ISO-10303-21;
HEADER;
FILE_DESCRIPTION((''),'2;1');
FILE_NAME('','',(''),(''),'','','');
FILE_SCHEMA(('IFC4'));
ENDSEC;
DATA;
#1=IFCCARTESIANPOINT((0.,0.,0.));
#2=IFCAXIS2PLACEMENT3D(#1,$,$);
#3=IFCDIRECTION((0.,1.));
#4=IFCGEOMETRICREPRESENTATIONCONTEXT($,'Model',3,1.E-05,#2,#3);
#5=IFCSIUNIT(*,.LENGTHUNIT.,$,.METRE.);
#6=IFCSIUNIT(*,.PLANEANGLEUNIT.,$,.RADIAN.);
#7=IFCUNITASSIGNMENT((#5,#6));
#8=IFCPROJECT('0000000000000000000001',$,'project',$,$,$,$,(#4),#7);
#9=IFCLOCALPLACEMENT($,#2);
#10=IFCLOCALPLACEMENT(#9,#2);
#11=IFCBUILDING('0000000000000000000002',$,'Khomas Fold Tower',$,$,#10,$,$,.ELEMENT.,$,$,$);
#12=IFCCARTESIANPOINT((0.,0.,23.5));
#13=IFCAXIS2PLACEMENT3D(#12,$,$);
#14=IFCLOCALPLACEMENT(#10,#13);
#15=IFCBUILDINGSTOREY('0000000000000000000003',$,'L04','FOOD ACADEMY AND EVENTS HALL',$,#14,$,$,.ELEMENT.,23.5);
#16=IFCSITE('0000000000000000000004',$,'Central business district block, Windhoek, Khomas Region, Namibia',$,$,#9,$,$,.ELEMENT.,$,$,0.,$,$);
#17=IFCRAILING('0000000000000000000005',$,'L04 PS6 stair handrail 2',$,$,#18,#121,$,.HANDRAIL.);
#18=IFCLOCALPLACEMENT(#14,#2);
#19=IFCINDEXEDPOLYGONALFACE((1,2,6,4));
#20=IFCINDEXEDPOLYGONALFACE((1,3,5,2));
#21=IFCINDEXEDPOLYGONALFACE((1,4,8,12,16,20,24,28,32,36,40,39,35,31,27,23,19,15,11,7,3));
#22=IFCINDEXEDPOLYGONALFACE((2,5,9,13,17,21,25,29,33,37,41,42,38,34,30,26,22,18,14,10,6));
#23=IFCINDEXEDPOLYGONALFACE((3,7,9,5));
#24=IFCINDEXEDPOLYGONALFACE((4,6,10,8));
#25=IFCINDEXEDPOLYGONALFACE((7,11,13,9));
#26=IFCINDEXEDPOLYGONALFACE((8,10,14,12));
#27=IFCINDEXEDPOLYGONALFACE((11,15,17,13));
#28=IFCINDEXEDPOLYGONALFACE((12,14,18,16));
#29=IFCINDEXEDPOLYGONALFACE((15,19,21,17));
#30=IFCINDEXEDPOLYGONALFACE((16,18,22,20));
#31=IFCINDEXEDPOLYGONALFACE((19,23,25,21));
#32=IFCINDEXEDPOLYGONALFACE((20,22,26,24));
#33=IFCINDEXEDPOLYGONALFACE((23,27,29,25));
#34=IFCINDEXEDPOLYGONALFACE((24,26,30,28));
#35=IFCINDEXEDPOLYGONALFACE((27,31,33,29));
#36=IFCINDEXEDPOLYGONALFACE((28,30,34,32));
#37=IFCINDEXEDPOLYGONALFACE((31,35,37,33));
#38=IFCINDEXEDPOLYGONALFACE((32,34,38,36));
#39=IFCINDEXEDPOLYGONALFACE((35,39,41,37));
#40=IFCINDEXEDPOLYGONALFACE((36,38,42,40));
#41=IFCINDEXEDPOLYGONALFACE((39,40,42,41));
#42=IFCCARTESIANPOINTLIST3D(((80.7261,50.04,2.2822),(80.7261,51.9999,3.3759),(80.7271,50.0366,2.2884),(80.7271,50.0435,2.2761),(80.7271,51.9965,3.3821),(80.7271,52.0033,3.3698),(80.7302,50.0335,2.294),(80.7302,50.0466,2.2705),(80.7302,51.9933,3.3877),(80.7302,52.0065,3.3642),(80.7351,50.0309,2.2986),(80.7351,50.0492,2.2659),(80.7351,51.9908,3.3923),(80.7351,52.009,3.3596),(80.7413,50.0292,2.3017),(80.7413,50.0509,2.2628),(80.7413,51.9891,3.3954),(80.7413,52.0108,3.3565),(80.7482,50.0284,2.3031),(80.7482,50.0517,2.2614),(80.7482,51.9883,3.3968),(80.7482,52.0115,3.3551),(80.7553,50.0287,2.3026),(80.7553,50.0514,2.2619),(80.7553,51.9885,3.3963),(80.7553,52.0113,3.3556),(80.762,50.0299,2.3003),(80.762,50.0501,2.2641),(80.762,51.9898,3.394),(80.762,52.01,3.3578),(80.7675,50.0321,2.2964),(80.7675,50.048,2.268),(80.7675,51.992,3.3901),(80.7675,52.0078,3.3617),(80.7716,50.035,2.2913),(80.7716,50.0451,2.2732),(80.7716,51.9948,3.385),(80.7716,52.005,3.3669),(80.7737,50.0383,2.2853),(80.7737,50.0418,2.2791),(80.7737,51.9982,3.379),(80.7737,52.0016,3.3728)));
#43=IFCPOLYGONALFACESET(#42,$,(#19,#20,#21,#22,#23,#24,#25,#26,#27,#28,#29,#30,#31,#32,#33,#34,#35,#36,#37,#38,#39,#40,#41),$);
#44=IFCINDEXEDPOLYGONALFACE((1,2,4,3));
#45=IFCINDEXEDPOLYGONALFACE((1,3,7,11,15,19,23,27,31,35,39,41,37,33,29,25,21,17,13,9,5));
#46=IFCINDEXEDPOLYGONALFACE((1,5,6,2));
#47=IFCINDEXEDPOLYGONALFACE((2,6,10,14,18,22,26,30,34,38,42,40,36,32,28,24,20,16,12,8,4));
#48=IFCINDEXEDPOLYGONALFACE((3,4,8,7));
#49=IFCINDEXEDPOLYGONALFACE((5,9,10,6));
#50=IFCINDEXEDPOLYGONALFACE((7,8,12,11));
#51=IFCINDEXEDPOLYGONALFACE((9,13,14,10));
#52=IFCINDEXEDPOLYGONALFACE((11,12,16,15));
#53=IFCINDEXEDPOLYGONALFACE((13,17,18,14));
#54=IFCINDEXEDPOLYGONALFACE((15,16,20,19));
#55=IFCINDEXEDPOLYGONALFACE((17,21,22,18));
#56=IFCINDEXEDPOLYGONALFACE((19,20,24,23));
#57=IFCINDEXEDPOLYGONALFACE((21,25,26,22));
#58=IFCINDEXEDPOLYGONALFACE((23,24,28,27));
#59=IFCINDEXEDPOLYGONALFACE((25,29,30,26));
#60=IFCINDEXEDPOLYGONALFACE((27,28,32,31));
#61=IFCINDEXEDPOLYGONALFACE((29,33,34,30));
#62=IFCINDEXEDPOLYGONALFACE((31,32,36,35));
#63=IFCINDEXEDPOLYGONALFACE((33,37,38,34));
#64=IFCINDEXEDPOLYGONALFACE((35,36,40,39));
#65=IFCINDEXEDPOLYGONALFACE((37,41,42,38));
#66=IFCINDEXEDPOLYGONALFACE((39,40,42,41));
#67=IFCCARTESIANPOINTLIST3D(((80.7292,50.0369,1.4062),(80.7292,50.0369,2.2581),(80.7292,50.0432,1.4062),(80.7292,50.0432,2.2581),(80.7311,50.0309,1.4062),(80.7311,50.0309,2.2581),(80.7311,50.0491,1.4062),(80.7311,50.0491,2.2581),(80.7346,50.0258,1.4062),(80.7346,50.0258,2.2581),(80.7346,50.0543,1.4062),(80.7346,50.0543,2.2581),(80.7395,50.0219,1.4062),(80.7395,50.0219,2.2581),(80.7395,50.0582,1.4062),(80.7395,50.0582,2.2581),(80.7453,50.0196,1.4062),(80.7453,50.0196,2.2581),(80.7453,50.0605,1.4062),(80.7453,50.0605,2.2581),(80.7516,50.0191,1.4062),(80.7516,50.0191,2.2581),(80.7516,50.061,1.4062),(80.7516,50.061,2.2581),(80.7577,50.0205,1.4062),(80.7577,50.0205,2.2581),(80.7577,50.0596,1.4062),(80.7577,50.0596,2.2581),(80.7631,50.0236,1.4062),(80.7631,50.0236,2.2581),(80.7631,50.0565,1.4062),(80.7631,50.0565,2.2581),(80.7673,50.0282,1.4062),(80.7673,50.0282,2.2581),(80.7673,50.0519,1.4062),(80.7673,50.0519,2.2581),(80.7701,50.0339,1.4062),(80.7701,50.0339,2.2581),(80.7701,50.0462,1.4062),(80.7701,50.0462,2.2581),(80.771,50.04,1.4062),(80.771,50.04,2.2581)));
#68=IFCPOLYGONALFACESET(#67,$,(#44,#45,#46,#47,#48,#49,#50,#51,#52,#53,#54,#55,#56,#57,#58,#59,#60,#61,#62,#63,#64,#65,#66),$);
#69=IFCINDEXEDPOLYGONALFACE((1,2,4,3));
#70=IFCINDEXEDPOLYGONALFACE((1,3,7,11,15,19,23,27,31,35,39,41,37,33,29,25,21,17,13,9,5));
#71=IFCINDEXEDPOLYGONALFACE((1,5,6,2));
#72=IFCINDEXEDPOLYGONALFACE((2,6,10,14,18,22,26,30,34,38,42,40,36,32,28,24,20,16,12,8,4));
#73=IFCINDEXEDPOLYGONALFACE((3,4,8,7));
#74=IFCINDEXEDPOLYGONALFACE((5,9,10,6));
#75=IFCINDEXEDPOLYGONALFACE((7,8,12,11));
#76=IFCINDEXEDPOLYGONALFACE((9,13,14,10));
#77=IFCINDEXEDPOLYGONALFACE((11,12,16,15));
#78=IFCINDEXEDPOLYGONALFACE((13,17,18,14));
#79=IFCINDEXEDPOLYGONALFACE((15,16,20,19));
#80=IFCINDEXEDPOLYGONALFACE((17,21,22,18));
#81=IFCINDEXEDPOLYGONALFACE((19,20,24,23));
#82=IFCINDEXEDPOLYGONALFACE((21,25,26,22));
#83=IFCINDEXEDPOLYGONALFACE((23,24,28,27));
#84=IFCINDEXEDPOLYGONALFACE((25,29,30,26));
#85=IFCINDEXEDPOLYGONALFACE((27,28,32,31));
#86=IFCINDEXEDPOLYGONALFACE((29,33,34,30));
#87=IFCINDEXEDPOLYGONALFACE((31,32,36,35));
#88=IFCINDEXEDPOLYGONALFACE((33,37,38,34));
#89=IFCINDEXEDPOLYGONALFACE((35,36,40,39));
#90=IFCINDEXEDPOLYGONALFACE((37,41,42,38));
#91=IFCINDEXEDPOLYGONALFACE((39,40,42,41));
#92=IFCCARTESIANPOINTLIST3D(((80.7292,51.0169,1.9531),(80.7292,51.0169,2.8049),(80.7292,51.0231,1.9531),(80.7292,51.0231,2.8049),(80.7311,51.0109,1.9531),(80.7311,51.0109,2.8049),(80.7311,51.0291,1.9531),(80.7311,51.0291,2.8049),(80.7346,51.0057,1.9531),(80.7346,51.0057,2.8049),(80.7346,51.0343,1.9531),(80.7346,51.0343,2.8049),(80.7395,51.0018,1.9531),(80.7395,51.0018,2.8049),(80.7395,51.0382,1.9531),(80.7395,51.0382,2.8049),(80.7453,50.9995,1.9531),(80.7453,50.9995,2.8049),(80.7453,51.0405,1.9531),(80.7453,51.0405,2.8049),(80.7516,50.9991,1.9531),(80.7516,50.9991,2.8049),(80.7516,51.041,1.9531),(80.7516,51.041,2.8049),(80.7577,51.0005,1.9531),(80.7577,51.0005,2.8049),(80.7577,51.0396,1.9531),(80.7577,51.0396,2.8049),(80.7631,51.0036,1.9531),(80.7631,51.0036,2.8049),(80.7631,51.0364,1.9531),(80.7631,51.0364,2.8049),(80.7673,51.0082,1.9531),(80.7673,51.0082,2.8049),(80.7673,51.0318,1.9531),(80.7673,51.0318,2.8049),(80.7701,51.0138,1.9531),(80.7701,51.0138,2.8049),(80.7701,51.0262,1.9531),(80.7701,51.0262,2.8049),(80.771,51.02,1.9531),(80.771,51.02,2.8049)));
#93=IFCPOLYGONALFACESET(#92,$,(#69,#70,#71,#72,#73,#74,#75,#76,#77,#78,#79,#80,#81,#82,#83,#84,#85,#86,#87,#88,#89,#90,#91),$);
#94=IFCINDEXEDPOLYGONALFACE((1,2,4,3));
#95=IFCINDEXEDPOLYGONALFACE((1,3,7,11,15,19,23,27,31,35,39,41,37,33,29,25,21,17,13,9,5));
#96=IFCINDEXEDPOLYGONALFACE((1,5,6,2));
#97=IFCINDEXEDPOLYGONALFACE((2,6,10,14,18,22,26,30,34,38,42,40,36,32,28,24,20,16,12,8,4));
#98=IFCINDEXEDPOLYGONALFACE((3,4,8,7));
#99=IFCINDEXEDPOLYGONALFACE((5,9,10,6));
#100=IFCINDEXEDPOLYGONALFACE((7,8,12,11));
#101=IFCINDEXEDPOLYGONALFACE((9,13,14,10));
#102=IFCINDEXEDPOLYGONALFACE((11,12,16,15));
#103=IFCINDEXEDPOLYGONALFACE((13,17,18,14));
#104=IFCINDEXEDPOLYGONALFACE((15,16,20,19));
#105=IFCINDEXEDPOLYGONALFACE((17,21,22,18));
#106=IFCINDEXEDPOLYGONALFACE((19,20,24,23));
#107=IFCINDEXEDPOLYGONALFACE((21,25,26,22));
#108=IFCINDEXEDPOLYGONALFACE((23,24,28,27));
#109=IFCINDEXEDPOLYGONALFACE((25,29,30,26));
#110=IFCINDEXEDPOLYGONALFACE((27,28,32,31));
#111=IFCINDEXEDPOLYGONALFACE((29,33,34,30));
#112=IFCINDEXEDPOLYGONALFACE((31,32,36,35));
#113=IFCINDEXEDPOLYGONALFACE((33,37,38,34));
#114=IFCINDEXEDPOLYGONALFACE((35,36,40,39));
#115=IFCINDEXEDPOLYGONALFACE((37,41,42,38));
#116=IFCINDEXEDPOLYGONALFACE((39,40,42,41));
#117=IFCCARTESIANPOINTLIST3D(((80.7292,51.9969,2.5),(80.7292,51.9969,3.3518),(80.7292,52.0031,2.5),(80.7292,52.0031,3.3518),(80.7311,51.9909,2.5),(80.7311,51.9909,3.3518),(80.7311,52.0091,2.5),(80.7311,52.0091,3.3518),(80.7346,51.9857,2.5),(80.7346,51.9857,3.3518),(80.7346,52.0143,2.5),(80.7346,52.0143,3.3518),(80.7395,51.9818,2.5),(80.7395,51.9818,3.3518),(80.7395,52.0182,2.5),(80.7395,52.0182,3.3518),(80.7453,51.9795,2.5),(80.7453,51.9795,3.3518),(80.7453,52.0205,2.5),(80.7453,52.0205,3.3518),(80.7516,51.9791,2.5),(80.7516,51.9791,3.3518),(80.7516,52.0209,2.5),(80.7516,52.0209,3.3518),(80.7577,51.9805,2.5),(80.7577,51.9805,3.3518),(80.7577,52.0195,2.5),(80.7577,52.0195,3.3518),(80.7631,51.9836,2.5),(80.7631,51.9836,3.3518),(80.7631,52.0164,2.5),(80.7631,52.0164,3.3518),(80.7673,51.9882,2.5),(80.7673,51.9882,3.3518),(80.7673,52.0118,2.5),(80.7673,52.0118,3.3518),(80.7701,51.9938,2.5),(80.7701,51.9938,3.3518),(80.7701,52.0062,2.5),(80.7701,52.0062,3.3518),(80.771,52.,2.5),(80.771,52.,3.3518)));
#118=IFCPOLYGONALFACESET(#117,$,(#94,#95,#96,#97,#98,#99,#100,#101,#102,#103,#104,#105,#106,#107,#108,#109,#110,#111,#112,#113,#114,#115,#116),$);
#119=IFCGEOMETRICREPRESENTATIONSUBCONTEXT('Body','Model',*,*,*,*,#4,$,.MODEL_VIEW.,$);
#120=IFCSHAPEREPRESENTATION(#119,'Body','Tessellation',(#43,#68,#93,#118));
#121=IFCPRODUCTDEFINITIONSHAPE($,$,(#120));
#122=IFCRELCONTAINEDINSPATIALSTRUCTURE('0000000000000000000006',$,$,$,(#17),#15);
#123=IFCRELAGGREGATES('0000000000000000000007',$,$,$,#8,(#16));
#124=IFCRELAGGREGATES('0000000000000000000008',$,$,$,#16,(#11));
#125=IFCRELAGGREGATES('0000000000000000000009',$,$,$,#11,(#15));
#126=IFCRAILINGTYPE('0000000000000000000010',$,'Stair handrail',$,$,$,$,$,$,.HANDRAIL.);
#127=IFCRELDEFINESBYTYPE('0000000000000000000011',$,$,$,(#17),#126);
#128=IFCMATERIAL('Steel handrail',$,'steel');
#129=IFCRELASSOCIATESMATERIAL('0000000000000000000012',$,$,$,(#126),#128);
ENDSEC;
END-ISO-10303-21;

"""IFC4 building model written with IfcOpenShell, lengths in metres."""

from ifc_helpers import new_model, si_unit, direction, frame, origin, origin_2d, place, context, subcontext, project, spatial, circle, extrude, source, transform, mapped, material, type_object, element, save


model = new_model("IFC4")

# Units and contexts
model_context = context("Model", 3, precision=1e-05, world=origin(), true_north=direction((0.0, 1.0)))
body_context = subcontext(model_context, "Body", "Model", "MODEL_VIEW")
ifc_project = project(units=[si_unit("LENGTHUNIT", "METRE"), si_unit("PLANEANGLEUNIT", "RADIAN")], contexts=[model_context])

# Site, building, storey
site_placement = place(None, origin())
site = spatial("IfcSite", under=ifc_project, at=site_placement, Name="Central business district block, Windhoek, Khomas Region, Namibia", CompositionType="ELEMENT", RefElevation=0.0)
building_placement = place(site_placement, origin())
building = spatial("IfcBuilding", under=site, at=building_placement, Name="Khomas Fold Tower", CompositionType="ELEMENT")
storey_placement = place(building_placement, frame((0.0, 0.0, 23.5)))
storey = spatial("IfcBuildingStorey", under=building, at=storey_placement, Name="L04", Description="FOOD ACADEMY AND EVENTS HALL", CompositionType="ELEMENT", Elevation=23.5)

# Railing
ifc_material_1 = material(Name="Steel handrail", Category="steel")
railing_type_1 = type_object("IfcRailingType", Name="Stair handrail", PredefinedType="HANDRAIL", material=ifc_material_1)
shared_shape_1 = source(origin(), body_context, "Body", "SweptSolid", [
    extrude(circle(Radius=0.0239, at=origin_2d()), frame((0.0, 0.0, 0.876), z_axis=(0.0, 0.873232, 0.487304), x_axis=(-1.0, 0.0, 0.0)), (0.0, 0.0, 1.0), 2.2444),
    extrude(circle(Radius=0.021, at=origin_2d()), origin(), (0.0, 0.0, 1.0), 0.8518),
    extrude(circle(Radius=0.021, at=origin_2d()), frame((0.0, 0.98, 0.5469)), (0.0, 0.0, 1.0), 0.8518),
    extrude(circle(Radius=0.021, at=origin_2d()), frame((0.0, 1.96, 1.0938)), (0.0, 0.0, 1.0), 0.8518),
])
for number, where, name in (
    (1, (80.75, 50.04, 1.4062), "L04 PS6 stair handrail 2"),
):
    element("IfcRailing", number, at=place(storey_placement, frame(where)), inside=storey, type_object=railing_type_1, Name=name, PredefinedType="HANDRAIL", context=body_context, shape_type="MappedRepresentation", body=[
        mapped(shared_shape_1, transform((0.0, 0.0, 0.0))),
    ])

save(model, "model.ifc")
